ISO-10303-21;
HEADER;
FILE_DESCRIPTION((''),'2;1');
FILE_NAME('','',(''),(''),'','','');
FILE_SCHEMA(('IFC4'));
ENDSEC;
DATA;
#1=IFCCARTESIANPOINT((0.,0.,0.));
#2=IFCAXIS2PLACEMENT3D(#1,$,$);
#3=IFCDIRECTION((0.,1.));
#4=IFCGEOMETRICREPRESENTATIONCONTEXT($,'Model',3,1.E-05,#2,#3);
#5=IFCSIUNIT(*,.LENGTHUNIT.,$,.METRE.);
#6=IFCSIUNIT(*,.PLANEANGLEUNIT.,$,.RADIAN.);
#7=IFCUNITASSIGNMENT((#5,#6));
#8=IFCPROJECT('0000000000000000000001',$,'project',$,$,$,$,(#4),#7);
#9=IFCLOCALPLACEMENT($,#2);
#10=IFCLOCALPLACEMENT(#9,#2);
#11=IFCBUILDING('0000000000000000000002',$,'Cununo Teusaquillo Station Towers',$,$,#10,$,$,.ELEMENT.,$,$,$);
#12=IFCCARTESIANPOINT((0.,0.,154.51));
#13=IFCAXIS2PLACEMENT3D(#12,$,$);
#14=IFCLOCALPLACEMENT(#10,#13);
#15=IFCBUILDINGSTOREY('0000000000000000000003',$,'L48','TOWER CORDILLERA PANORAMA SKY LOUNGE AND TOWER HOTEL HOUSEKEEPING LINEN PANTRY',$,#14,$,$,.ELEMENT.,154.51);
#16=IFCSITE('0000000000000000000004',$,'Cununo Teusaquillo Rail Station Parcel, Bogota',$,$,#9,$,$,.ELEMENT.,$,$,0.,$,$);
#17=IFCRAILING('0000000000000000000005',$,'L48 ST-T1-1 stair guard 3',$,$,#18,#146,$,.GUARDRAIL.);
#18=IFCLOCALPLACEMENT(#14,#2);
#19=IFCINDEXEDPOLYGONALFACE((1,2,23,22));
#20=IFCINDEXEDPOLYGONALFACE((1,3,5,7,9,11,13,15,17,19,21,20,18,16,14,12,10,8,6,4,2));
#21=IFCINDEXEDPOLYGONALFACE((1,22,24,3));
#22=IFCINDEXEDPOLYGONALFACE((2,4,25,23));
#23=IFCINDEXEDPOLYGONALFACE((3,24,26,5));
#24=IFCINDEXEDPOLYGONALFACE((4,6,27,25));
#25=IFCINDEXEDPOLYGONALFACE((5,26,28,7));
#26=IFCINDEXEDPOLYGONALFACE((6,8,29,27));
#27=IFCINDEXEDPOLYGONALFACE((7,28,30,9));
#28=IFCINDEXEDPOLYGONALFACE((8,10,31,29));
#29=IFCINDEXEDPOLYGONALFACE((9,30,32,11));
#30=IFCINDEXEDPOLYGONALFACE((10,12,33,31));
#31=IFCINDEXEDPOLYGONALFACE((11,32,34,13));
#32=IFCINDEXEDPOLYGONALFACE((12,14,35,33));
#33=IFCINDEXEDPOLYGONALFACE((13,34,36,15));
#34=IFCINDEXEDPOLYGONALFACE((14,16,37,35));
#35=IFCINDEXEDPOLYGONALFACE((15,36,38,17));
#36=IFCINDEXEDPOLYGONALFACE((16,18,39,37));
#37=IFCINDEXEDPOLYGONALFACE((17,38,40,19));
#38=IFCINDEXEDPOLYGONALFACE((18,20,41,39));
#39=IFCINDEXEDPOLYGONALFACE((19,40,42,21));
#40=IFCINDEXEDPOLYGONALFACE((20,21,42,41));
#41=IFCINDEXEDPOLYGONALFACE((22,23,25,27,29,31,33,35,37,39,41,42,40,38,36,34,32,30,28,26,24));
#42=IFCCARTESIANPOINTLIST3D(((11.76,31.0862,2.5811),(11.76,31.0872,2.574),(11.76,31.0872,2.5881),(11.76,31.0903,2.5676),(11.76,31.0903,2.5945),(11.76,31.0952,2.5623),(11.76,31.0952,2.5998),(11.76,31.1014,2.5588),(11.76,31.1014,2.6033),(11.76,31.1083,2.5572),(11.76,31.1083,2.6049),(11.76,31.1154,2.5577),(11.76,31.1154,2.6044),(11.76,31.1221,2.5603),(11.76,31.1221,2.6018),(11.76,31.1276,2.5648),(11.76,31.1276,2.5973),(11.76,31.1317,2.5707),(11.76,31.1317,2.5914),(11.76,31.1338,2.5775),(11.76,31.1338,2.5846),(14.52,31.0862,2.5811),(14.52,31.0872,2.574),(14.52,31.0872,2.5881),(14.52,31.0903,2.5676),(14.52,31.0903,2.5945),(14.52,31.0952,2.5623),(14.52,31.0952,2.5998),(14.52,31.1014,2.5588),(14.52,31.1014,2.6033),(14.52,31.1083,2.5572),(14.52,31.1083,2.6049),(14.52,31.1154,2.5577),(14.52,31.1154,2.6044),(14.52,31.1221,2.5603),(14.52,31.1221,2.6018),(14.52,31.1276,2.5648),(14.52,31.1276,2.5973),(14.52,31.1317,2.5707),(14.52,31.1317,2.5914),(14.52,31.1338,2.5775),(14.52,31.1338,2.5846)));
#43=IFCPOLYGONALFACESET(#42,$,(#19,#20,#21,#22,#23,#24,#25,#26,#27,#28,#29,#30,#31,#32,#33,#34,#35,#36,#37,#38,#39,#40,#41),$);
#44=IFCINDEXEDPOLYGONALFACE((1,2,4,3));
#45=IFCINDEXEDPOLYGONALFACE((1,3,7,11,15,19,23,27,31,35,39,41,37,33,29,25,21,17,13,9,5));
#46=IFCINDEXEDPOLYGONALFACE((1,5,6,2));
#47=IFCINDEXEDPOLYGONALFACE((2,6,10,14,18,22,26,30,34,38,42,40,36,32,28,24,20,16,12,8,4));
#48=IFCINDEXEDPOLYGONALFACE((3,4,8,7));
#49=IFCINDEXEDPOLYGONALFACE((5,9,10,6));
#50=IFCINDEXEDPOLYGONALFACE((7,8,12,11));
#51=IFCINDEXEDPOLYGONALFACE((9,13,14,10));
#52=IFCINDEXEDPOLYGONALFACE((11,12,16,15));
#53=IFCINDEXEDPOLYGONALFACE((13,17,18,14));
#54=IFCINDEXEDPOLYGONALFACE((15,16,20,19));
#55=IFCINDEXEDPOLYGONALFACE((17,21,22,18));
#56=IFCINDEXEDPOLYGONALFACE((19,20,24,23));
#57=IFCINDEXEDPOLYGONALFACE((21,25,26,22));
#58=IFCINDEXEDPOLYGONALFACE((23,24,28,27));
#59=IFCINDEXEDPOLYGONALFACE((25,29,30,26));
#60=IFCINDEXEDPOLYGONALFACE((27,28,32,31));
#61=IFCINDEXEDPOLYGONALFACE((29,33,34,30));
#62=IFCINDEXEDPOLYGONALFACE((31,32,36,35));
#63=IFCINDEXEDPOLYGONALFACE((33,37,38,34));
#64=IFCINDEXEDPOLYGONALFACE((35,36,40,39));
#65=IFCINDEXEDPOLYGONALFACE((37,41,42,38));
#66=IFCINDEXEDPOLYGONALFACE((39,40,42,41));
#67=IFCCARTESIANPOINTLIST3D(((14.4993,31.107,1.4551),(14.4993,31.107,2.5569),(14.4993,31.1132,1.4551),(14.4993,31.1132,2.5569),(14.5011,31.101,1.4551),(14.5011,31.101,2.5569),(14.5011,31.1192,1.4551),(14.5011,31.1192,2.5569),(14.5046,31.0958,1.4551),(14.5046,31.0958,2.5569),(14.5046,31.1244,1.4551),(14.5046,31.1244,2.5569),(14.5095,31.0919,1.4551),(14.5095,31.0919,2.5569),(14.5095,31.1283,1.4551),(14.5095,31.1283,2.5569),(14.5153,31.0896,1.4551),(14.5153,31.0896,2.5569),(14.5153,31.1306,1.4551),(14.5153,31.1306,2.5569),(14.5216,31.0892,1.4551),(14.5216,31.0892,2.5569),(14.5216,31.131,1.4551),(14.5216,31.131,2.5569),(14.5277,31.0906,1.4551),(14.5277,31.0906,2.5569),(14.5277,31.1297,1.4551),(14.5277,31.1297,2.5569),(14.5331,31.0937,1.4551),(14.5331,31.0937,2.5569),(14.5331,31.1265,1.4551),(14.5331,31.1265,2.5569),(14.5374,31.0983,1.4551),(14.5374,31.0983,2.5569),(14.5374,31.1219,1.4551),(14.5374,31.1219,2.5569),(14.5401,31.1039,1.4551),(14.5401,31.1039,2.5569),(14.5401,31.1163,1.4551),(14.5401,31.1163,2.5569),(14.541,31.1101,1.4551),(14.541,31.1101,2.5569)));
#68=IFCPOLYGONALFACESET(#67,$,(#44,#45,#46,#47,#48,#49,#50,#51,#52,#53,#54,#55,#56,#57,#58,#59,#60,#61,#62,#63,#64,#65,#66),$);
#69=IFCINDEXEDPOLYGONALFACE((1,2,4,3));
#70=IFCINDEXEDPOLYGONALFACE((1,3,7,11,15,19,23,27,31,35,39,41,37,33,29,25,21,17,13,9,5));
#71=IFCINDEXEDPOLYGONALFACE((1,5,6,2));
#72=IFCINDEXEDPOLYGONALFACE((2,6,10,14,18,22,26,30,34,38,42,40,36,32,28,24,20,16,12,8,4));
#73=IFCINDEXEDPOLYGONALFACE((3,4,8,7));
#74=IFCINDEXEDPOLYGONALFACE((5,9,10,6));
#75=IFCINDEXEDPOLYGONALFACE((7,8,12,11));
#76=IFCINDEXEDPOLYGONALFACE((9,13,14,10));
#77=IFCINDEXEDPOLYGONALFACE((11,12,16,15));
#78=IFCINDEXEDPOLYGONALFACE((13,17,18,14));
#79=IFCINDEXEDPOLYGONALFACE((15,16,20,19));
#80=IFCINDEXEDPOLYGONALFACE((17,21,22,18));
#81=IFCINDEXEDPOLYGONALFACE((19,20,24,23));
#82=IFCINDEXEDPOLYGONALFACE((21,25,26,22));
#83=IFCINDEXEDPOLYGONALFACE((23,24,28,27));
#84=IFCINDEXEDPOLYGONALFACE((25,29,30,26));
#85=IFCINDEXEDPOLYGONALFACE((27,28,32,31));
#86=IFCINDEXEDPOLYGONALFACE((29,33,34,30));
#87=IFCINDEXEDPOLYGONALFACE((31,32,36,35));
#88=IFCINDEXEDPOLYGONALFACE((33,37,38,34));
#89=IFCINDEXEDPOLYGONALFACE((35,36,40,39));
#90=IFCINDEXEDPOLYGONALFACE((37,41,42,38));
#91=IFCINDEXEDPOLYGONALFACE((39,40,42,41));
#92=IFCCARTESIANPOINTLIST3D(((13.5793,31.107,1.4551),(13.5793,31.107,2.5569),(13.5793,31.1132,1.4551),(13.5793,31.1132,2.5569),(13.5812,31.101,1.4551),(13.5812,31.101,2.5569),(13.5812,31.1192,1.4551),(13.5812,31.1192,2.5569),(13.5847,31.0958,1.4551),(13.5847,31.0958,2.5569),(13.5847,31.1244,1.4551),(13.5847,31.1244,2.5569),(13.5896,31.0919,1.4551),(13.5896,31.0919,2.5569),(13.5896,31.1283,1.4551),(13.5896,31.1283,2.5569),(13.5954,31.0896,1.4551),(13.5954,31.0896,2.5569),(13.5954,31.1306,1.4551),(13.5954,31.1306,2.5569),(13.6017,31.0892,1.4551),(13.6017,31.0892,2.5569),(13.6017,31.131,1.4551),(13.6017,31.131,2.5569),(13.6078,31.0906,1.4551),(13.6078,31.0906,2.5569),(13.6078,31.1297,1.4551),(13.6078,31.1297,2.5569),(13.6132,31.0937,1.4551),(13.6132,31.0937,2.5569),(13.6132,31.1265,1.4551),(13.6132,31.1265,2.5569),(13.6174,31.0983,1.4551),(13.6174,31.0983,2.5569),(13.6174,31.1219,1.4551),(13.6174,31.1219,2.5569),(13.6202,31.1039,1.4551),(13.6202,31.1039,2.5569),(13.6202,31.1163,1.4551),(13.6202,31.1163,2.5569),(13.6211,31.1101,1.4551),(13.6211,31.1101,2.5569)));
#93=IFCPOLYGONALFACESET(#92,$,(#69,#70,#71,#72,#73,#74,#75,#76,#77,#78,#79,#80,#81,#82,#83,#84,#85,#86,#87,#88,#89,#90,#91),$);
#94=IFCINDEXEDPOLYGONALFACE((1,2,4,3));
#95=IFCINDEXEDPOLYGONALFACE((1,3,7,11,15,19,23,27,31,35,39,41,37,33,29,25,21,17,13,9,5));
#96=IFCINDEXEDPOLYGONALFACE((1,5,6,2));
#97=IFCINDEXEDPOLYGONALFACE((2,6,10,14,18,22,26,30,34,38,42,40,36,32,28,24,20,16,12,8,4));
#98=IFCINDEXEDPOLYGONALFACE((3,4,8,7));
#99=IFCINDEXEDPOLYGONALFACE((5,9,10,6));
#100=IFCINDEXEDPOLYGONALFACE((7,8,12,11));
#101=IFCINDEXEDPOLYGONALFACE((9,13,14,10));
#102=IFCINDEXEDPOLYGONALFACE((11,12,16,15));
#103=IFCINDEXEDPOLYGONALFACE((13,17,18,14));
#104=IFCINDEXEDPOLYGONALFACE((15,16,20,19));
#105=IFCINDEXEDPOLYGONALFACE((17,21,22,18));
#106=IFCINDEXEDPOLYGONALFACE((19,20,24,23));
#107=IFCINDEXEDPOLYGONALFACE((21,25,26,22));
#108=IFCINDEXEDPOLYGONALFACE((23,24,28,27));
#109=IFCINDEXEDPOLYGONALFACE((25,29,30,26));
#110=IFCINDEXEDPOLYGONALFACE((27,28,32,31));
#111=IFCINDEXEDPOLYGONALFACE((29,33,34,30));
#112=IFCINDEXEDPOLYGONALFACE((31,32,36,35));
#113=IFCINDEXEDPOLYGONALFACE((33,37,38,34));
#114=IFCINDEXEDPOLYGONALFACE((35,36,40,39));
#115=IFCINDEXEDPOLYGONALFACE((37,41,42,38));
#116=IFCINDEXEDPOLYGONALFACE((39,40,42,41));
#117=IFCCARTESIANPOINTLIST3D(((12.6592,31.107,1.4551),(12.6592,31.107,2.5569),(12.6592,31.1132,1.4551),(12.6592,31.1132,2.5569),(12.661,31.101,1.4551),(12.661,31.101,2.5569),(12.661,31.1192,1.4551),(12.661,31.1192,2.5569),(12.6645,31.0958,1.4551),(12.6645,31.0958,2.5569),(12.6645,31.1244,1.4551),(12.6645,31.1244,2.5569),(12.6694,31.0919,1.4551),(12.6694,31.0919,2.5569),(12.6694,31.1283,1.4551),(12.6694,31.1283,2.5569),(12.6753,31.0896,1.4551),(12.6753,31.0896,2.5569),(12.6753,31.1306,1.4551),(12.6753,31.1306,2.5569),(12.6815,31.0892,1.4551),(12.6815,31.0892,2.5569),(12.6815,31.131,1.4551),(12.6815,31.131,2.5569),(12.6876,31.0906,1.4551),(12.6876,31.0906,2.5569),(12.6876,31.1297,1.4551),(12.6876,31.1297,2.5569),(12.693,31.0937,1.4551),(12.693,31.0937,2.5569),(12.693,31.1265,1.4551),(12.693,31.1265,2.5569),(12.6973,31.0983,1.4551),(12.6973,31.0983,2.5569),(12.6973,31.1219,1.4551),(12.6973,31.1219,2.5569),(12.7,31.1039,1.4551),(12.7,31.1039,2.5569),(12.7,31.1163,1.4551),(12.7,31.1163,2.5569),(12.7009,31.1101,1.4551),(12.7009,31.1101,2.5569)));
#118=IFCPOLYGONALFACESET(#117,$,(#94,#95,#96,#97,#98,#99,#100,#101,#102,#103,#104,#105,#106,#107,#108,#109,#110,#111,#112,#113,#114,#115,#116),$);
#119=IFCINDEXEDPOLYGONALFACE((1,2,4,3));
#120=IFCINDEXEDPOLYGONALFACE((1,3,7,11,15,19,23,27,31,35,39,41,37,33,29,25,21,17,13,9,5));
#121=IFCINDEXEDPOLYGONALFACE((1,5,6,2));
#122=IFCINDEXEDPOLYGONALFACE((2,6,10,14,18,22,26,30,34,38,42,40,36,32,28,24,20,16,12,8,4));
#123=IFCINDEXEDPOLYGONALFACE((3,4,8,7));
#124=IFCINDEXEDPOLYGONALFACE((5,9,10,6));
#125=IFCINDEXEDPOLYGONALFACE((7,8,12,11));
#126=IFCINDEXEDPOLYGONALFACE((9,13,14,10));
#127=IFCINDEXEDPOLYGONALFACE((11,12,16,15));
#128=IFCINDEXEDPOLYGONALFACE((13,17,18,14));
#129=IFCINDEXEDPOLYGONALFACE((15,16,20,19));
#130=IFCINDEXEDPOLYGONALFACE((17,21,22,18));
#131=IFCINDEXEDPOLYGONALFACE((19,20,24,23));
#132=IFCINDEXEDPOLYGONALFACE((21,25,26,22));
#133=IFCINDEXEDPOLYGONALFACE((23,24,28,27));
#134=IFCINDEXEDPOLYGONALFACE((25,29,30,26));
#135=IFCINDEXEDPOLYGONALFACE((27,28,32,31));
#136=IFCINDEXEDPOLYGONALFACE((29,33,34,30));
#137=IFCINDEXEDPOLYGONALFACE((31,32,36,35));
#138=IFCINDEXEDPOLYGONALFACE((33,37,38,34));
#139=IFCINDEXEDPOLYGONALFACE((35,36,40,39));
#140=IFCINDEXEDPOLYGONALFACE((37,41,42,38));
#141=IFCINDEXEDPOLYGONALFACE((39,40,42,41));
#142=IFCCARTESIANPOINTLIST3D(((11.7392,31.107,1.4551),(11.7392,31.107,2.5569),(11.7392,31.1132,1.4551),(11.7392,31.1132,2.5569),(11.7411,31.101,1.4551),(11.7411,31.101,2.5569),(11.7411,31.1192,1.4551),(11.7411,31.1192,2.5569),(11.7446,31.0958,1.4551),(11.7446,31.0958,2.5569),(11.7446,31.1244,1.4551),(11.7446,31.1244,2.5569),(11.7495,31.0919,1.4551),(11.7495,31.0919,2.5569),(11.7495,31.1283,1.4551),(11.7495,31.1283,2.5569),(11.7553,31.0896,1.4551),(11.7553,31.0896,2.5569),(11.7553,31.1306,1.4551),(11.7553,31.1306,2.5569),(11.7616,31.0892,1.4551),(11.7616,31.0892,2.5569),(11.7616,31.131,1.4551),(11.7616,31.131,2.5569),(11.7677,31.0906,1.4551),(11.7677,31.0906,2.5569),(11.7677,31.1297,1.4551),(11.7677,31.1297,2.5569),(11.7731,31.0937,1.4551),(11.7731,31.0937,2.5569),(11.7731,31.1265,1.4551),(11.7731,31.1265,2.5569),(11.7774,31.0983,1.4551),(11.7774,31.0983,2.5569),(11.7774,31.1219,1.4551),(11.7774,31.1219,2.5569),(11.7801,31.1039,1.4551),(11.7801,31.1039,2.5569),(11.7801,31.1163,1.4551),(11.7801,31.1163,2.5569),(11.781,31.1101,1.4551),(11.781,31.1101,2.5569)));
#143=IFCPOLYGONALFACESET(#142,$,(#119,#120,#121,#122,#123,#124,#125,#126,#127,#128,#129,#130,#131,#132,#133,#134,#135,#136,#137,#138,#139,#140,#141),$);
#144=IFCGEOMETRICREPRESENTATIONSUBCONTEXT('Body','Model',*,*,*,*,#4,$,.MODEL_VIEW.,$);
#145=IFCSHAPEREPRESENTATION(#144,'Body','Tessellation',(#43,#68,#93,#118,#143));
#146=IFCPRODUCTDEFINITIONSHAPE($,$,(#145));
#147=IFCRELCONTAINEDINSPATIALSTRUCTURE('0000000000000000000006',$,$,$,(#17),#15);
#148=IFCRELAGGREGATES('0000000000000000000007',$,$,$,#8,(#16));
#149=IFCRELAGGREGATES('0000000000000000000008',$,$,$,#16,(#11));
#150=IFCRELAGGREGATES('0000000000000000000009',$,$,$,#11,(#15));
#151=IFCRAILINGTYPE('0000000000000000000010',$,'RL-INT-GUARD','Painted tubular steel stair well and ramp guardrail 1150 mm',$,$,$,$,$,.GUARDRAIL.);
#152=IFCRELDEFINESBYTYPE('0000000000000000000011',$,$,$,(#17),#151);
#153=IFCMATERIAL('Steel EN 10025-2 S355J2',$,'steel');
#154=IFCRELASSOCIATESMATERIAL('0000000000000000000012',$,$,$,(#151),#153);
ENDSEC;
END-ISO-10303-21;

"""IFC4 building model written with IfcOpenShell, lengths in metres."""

from ifc_helpers import new_model, si_unit, direction, frame, origin, origin_2d, place, context, subcontext, project, spatial, circle, extrude, material, type_object, element, save


model = new_model("IFC4")

# Units and contexts
model_context = context("Model", 3, precision=1e-05, world=origin(), true_north=direction((0.0, 1.0)))
body_context = subcontext(model_context, "Body", "Model", "MODEL_VIEW")
ifc_project = project(units=[si_unit("LENGTHUNIT", "METRE"), si_unit("PLANEANGLEUNIT", "RADIAN")], contexts=[model_context])

# Site, building, storey
site_placement = place(None, origin())
site = spatial("IfcSite", under=ifc_project, at=site_placement, Name="Cununo Teusaquillo Rail Station Parcel, Bogota", CompositionType="ELEMENT", RefElevation=0.0)
building_placement = place(site_placement, origin())
building = spatial("IfcBuilding", under=site, at=building_placement, Name="Cununo Teusaquillo Station Towers", CompositionType="ELEMENT")
storey_placement = place(building_placement, frame((0.0, 0.0, 154.51)))
storey = spatial("IfcBuildingStorey", under=building, at=storey_placement, Name="L48", Description="TOWER CORDILLERA PANORAMA SKY LOUNGE AND TOWER HOTEL HOUSEKEEPING LINEN PANTRY", CompositionType="ELEMENT", Elevation=154.51)

# Railing
ifc_material_1 = material(Name="Steel EN 10025-2 S355J2", Category="steel")
railing_type_1 = type_object("IfcRailingType", Name="RL-INT-GUARD", Description="Painted tubular steel stair well and ramp guardrail 1150 mm", PredefinedType="GUARDRAIL", material=ifc_material_1)
railing_1_placement = place(storey_placement, frame((14.52, 31.1101, 1.4551)))
element("IfcRailing", 1, at=railing_1_placement, inside=storey, type_object=railing_type_1, Name="L48 ST-T1-1 stair guard 3", PredefinedType="GUARDRAIL", context=body_context, shape_type="SweptSolid", body=[
    extrude(circle(Radius=0.0239, at=origin_2d()), frame((0.0, 0.0, 1.126), z_axis=(-1.0, 0.0, 0.0), x_axis=(0.0, -1.0, 0.0)), (0.0, 0.0, 1.0), 2.76),
    extrude(circle(Radius=0.021, at=origin_2d()), origin(), (0.0, 0.0, 1.0), 1.1018),
    extrude(circle(Radius=0.021, at=origin_2d()), frame((-0.9199, 0.0, 0.0)), (0.0, 0.0, 1.0), 1.1018),
    extrude(circle(Radius=0.021, at=origin_2d()), frame((-1.8401, 0.0, 0.0)), (0.0, 0.0, 1.0), 1.1018),
    extrude(circle(Radius=0.021, at=origin_2d()), frame((-2.76, 0.0, 0.0)), (0.0, 0.0, 1.0), 1.1018),
])

save(model, "model.ifc")
